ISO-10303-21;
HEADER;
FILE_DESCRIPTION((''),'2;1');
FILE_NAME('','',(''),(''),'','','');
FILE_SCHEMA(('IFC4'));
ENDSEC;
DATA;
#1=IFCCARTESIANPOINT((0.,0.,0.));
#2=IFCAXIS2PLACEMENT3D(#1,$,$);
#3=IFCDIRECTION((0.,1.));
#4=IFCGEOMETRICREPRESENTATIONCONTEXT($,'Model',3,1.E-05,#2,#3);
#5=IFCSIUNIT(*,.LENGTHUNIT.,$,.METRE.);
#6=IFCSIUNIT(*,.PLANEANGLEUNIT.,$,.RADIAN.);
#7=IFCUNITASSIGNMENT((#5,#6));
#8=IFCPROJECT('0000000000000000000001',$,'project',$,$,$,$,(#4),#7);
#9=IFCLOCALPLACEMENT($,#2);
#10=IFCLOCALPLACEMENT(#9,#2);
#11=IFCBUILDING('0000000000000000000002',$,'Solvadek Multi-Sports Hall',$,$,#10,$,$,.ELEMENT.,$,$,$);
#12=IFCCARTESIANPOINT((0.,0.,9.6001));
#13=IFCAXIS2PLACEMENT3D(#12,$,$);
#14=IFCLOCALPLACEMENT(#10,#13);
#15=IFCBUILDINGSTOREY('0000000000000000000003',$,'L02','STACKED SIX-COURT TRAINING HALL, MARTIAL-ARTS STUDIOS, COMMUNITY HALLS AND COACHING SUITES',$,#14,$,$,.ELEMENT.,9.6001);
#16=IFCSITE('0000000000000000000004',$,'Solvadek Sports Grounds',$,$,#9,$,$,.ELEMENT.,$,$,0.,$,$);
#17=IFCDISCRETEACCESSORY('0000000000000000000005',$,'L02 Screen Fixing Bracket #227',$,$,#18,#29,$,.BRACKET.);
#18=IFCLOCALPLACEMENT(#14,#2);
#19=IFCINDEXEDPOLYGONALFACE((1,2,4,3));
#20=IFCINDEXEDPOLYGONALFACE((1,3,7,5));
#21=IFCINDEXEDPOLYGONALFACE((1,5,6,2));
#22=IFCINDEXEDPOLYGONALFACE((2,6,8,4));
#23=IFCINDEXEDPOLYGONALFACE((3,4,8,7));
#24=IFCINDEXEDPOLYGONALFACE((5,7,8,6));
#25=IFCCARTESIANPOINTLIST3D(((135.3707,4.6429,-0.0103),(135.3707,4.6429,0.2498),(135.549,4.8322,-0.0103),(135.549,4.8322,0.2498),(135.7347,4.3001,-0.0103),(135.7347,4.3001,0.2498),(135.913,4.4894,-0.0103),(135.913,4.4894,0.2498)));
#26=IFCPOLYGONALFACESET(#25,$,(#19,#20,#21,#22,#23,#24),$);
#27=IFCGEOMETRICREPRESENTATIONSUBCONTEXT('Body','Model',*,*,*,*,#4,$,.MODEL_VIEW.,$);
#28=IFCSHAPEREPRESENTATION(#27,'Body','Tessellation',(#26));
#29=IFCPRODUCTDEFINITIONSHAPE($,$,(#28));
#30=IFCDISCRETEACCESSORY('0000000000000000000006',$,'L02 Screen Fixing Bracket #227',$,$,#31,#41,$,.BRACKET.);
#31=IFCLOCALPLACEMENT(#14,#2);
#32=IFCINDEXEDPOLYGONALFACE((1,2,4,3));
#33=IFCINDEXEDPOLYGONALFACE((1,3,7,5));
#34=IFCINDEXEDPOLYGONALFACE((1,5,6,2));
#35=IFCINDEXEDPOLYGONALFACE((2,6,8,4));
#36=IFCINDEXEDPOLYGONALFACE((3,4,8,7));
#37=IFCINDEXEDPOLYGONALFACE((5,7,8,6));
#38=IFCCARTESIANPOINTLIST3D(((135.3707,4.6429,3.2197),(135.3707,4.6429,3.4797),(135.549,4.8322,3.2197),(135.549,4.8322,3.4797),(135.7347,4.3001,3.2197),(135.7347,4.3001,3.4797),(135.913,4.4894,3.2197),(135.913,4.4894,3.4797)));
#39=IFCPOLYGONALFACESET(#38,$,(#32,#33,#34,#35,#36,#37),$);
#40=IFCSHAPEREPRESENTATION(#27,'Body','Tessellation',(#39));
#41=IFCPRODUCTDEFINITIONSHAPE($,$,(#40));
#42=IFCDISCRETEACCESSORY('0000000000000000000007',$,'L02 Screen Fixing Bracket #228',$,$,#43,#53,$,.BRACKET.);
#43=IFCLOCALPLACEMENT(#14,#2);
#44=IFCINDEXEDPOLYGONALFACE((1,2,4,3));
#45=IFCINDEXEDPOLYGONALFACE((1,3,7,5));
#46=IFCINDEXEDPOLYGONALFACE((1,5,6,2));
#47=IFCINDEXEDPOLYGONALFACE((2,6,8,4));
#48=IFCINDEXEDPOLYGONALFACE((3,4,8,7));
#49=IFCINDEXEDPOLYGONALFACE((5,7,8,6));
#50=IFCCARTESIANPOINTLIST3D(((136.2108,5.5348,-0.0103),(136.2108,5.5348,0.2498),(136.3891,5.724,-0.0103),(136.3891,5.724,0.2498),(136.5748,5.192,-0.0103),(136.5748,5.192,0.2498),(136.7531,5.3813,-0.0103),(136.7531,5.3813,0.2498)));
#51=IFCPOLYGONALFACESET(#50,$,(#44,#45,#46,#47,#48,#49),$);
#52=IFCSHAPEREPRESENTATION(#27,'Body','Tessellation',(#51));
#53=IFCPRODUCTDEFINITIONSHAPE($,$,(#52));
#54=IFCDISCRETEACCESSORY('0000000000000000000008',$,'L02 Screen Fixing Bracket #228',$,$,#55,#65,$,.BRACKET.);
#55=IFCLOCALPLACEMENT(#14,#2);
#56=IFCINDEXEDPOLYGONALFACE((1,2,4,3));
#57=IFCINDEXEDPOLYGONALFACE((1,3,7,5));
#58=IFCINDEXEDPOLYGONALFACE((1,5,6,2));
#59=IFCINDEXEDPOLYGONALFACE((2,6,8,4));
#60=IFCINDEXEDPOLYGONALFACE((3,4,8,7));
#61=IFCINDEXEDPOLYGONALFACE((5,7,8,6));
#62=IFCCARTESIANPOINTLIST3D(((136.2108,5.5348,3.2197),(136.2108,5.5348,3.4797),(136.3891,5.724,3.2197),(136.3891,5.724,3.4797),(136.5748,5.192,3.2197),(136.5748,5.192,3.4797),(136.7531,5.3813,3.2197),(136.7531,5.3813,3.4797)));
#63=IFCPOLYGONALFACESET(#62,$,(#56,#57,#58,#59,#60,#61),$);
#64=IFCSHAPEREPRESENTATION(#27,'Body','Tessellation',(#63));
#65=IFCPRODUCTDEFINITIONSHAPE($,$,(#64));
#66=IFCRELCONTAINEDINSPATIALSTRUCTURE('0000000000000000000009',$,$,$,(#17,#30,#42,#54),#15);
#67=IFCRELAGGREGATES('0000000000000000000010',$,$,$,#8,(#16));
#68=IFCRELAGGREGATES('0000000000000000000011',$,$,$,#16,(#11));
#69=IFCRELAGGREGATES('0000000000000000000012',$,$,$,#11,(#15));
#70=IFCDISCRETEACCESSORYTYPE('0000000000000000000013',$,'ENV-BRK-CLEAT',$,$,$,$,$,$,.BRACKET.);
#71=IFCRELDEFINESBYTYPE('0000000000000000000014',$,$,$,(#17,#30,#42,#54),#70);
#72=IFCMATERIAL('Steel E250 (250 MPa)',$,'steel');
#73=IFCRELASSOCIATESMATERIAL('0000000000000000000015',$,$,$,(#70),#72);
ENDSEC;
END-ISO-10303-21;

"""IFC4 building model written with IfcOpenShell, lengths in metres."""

from ifc_helpers import new_model, si_unit, direction, frame, origin, origin_2d, place, context, subcontext, project, spatial, rectangle, extrude, material, type_object, element, save


model = new_model("IFC4")

# Units and contexts
model_context = context("Model", 3, precision=1e-05, world=origin(), true_north=direction((0.0, 1.0)))
body_context = subcontext(model_context, "Body", "Model", "MODEL_VIEW")
ifc_project = project(units=[si_unit("LENGTHUNIT", "METRE"), si_unit("PLANEANGLEUNIT", "RADIAN")], contexts=[model_context])

# Site, building, storey
site_placement = place(None, origin())
site = spatial("IfcSite", under=ifc_project, at=site_placement, Name="Solvadek Sports Grounds", CompositionType="ELEMENT", RefElevation=0.0)
building_placement = place(site_placement, origin())
building = spatial("IfcBuilding", under=site, at=building_placement, Name="Solvadek Multi-Sports Hall", CompositionType="ELEMENT")
storey_placement = place(building_placement, frame((0.0, 0.0, 9.6001)))
storey = spatial("IfcBuildingStorey", under=building, at=storey_placement, Name="L02", Description="STACKED SIX-COURT TRAINING HALL, MARTIAL-ARTS STUDIOS, COMMUNITY HALLS AND COACHING SUITES", CompositionType="ELEMENT", Elevation=9.6001)

# Discrete accessories
ifc_material_1 = material(Name="Steel E250 (250 MPa)", Category="steel")
discrete_accessory_type = type_object("IfcDiscreteAccessoryType", Name="ENV-BRK-CLEAT", PredefinedType="BRACKET", material=ifc_material_1)
for number, where, z_axis, x_axis, name in (
    (1, (135.6418, 4.5662, -0.0103), (0.0, 0.0, 1.0), (0.685589, 0.727989, 0.0), "L02 Screen Fixing Bracket #227"),
    (2, (135.6418, 4.5662, 3.2197), (0.0, 0.0, 1.0), (0.685589, 0.727989, 0.0), "L02 Screen Fixing Bracket #227"),
    (3, (136.4819, 5.458, -0.0103), (0.0, 0.0, 1.0), (0.685589, 0.727989, 0.0), "L02 Screen Fixing Bracket #228"),
    (4, (136.4819, 5.458, 3.2197), (0.0, 0.0, 1.0), (0.685589, 0.727989, 0.0), "L02 Screen Fixing Bracket #228"),
):
    element("IfcDiscreteAccessory", number, at=place(storey_placement, frame(where, z_axis=z_axis, x_axis=x_axis)), inside=storey, type_object=discrete_accessory_type, Name=name, PredefinedType="BRACKET", context=body_context, shape_type="SweptSolid", body=[
        extrude(rectangle(XDim=0.26, YDim=0.5, at=origin_2d()), origin(), (0.0, 0.0, 1.0), 0.26),
    ])

save(model, "model.ifc")
